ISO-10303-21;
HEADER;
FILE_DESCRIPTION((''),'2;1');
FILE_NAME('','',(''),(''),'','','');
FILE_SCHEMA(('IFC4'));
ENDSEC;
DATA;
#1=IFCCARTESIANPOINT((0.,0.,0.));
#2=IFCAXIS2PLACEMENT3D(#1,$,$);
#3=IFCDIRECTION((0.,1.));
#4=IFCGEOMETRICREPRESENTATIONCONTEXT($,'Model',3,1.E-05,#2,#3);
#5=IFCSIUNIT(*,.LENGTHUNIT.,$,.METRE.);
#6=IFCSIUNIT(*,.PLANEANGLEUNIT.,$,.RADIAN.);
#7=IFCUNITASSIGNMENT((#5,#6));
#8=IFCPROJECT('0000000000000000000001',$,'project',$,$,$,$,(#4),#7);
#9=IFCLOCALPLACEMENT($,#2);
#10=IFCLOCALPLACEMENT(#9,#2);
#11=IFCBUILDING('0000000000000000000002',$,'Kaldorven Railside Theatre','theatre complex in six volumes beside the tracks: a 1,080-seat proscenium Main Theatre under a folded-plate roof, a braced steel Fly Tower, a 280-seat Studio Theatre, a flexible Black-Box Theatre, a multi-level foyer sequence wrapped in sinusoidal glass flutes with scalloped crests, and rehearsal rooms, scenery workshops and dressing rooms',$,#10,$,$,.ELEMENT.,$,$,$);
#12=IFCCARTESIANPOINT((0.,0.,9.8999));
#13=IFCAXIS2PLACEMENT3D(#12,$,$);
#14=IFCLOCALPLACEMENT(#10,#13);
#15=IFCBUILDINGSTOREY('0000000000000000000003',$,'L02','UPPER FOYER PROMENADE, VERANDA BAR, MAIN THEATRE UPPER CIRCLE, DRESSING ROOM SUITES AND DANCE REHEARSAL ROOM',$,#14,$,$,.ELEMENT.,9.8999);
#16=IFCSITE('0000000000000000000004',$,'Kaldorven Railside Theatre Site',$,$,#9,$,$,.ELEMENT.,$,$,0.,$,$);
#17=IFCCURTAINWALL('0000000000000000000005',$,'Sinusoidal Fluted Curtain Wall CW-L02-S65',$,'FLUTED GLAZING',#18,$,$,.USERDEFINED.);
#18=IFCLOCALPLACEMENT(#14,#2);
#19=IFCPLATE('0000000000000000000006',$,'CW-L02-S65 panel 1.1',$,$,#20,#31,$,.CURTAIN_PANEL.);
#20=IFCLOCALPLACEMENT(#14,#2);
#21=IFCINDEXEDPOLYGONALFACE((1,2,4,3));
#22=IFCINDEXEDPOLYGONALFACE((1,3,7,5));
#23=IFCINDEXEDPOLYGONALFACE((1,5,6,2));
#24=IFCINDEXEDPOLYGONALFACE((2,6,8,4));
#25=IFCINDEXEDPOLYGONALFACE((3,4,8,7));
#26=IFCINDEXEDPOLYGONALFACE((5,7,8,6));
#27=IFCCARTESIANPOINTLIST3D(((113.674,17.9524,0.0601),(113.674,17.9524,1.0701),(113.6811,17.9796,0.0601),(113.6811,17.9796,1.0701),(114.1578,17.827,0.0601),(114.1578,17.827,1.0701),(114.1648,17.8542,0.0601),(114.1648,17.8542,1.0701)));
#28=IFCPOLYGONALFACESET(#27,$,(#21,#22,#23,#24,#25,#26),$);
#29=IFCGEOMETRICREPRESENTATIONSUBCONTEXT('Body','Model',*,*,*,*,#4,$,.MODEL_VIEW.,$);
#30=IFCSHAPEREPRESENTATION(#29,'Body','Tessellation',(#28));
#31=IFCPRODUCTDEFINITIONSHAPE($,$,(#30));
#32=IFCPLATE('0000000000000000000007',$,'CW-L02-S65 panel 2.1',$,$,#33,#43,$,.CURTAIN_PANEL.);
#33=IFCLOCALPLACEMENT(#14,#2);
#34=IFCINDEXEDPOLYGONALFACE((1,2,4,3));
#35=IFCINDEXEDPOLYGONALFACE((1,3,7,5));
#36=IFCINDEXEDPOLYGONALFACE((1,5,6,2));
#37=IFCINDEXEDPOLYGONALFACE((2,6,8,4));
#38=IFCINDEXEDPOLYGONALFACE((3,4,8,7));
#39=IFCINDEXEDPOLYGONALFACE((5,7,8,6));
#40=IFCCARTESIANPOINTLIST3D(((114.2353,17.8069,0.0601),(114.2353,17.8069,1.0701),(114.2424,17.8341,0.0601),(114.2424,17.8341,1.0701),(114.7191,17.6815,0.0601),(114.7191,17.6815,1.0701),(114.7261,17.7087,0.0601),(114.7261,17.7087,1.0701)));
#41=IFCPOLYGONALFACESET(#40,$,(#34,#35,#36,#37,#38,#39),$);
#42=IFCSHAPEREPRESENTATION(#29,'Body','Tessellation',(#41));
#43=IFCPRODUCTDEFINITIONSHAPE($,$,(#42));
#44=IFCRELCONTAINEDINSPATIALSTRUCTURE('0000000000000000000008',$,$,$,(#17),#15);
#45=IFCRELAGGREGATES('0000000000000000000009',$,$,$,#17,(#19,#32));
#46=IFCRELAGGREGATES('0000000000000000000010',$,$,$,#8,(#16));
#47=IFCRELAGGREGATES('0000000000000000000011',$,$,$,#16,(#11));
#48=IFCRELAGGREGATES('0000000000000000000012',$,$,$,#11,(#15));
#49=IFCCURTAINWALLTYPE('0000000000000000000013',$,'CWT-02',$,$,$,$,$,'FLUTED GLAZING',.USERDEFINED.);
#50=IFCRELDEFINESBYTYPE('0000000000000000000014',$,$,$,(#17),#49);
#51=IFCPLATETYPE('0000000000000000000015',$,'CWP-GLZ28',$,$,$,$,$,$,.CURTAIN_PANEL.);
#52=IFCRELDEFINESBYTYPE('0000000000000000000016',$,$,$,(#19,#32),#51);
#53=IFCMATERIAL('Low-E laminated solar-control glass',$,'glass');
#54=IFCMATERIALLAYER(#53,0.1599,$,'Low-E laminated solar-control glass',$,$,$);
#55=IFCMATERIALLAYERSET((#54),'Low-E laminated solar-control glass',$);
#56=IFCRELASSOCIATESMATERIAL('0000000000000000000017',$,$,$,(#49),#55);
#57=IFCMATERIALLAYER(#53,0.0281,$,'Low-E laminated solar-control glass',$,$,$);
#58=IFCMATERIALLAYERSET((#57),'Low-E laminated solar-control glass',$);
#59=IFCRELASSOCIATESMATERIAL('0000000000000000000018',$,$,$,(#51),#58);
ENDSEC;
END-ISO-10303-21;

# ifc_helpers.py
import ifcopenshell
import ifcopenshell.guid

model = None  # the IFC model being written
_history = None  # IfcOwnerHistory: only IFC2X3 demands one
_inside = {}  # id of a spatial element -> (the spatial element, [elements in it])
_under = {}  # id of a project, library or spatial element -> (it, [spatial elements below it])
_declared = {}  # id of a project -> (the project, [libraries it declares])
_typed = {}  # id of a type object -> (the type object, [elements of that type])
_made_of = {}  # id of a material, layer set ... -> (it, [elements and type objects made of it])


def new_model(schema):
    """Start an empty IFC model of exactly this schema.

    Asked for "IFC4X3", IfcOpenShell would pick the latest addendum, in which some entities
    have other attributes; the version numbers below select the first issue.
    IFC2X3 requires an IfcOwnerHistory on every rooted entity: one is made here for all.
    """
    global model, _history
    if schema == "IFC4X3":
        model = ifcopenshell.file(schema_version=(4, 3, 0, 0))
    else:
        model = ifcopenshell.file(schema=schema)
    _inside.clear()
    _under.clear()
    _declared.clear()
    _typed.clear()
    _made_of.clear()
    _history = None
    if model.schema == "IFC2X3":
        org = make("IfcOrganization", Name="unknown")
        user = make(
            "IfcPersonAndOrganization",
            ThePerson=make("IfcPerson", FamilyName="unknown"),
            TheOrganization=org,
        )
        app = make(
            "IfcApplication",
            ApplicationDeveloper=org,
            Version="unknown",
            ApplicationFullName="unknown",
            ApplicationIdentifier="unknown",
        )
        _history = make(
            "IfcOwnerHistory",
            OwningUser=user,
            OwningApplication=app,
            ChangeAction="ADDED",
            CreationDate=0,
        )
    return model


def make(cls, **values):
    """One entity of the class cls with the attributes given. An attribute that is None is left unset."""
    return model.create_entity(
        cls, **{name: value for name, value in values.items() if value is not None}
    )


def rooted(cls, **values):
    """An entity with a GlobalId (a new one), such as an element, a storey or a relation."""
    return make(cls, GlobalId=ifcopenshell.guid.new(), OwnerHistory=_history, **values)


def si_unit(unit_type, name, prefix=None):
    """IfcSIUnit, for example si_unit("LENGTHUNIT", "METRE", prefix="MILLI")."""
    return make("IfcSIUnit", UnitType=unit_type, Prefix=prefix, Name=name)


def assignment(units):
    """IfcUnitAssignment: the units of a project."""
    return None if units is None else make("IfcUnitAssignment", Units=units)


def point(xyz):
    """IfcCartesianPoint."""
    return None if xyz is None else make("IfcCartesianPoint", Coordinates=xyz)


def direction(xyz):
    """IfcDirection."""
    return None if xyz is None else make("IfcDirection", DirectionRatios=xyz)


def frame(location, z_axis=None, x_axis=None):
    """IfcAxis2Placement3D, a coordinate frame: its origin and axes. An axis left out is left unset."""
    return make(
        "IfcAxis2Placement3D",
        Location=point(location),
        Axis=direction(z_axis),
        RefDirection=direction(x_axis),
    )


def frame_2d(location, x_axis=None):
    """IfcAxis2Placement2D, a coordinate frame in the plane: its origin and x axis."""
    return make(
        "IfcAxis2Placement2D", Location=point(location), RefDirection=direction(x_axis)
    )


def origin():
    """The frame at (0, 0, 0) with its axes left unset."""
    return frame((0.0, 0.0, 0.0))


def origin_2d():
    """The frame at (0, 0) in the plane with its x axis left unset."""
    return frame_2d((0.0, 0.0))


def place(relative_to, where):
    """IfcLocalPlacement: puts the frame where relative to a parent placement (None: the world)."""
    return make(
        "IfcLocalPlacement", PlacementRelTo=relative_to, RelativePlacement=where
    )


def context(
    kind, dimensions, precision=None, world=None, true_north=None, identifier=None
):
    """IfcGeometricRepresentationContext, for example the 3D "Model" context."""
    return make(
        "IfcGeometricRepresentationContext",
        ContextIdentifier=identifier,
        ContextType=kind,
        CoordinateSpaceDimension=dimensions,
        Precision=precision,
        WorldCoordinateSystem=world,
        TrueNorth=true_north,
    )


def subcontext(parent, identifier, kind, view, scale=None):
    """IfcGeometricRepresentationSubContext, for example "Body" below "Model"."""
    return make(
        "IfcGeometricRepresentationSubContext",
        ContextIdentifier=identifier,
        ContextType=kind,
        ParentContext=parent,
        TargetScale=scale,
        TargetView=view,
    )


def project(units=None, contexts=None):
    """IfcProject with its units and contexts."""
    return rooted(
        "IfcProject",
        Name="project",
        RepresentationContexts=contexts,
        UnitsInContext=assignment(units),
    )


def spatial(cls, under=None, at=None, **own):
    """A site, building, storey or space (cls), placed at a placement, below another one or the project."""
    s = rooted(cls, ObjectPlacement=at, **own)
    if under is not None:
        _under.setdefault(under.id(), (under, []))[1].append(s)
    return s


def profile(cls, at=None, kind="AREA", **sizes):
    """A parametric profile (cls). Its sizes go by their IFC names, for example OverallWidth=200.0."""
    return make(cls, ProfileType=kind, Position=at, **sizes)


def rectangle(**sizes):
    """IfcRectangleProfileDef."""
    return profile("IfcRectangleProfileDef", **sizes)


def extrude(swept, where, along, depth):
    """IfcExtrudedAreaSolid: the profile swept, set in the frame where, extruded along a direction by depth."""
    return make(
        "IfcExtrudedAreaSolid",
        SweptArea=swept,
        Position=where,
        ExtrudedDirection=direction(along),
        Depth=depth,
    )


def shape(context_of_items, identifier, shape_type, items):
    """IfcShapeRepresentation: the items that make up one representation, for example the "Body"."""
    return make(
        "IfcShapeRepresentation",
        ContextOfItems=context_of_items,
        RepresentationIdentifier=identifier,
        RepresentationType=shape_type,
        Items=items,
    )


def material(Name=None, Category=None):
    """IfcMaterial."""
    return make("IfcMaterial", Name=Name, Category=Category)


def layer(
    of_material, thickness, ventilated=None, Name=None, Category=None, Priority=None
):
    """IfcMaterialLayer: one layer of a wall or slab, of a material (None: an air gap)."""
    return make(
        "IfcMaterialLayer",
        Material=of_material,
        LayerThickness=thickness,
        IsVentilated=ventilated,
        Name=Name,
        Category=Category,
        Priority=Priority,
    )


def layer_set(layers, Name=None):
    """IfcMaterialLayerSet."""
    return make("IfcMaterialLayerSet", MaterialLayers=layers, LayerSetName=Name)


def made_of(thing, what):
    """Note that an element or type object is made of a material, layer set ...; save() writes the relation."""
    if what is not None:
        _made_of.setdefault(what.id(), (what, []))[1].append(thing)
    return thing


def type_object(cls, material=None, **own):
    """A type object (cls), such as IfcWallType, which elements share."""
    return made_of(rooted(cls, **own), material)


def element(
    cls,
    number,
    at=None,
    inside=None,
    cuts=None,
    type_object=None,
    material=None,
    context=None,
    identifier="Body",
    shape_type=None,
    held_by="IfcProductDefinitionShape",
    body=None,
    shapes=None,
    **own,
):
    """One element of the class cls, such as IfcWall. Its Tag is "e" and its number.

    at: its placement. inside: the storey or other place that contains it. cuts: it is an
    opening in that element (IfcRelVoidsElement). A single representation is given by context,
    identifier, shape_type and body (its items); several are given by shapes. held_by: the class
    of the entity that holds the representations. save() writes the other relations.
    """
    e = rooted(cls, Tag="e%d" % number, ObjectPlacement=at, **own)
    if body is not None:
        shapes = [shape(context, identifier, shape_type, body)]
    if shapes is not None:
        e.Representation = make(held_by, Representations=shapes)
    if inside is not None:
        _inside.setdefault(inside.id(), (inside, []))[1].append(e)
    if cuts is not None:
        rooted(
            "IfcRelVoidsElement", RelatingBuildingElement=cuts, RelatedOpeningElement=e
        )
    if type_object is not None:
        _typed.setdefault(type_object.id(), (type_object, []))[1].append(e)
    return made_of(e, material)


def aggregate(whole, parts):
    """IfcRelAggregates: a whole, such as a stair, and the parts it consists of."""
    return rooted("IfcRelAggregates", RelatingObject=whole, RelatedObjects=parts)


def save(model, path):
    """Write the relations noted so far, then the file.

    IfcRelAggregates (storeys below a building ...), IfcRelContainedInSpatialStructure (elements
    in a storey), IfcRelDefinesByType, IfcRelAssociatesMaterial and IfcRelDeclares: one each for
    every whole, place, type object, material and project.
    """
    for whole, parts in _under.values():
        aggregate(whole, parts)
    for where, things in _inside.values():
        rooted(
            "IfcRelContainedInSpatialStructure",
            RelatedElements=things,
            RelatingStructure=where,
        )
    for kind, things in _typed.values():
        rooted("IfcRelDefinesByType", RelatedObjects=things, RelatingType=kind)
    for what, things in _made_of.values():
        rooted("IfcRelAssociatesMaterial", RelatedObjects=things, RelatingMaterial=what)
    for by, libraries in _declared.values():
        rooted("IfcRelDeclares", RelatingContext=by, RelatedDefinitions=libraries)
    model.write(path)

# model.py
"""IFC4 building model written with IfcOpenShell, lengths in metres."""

from ifc_helpers import new_model, si_unit, direction, frame, origin, origin_2d, place, context, subcontext, project, spatial, rectangle, extrude, material, layer, layer_set, type_object, element, aggregate, save


model = new_model("IFC4")

# Units and contexts
model_context = context("Model", 3, precision=1e-05, world=origin(), true_north=direction((0.0, 1.0)))
body_context = subcontext(model_context, "Body", "Model", "MODEL_VIEW")
ifc_project = project(units=[si_unit("LENGTHUNIT", "METRE"), si_unit("PLANEANGLEUNIT", "RADIAN")], contexts=[model_context])

# Site, building, storey
site_placement = place(None, origin())
site = spatial("IfcSite", under=ifc_project, at=site_placement, Name="Kaldorven Railside Theatre Site", CompositionType="ELEMENT", RefElevation=0.0)
building_placement = place(site_placement, origin())
building = spatial("IfcBuilding", under=site, at=building_placement, Name="Kaldorven Railside Theatre", Description="theatre complex in six volumes beside the tracks: a 1,080-seat proscenium Main Theatre under a folded-plate roof, a braced steel Fly Tower, a 280-seat Studio Theatre, a flexible Black-Box Theatre, a multi-level foyer sequence wrapped in sinusoidal glass flutes with scalloped crests, and rehearsal rooms, scenery workshops and dressing rooms", CompositionType="ELEMENT")
storey_placement = place(building_placement, frame((0.0, 0.0, 9.8999)))
storey = spatial("IfcBuildingStorey", under=building, at=storey_placement, Name="L02", Description="UPPER FOYER PROMENADE, VERANDA BAR, MAIN THEATRE UPPER CIRCLE, DRESSING ROOM SUITES AND DANCE REHEARSAL ROOM", CompositionType="ELEMENT", Elevation=9.8999)

# Curtain wall
ifc_material_1 = material(Name="Low-E laminated solar-control glass", Category="glass")
ifc_layer_1 = layer(ifc_material_1, 0.1599, Name="Low-E laminated solar-control glass")
ifc_layer_set_1 = layer_set([ifc_layer_1], Name="Low-E laminated solar-control glass")
curtain_wall_type_1 = type_object("IfcCurtainWallType", Name="CWT-02", ElementType="FLUTED GLAZING", PredefinedType="USERDEFINED", material=ifc_layer_set_1)
curtain_wall_1_placement = place(storey_placement, origin())
curtain_wall_1 = element("IfcCurtainWall", 1, at=curtain_wall_1_placement, inside=storey, type_object=curtain_wall_type_1, Name="Sinusoidal Fluted Curtain Wall CW-L02-S65", ObjectType="FLUTED GLAZING", PredefinedType="USERDEFINED")

# Plates
ifc_layer_2 = layer(ifc_material_1, 0.0281, Name="Low-E laminated solar-control glass")
ifc_layer_set_2 = layer_set([ifc_layer_2], Name="Low-E laminated solar-control glass")
plate_type = type_object("IfcPlateType", Name="CWP-GLZ28", PredefinedType="CURTAIN_PANEL", material=ifc_layer_set_2)
plate_1_placement = place(storey_placement, frame((113.9194, 17.9033, 0.0601), z_axis=(0.0, 0.0, 1.0), x_axis=(0.967999, -0.250954, 0.0)))
plate_1 = element("IfcPlate", 2, at=plate_1_placement, type_object=plate_type, Name="CW-L02-S65 panel 1.1", PredefinedType="CURTAIN_PANEL", context=body_context, shape_type="SweptSolid", body=[
    extrude(rectangle(XDim=0.4998, YDim=0.0281, at=origin_2d()), origin(), (0.0, 0.0, 1.0), 1.01),
])
plate_2_placement = place(storey_placement, frame((114.4807, 17.7578, 0.0601), z_axis=(0.0, 0.0, 1.0), x_axis=(0.967999, -0.250954, 0.0)))
plate_2 = element("IfcPlate", 3, at=plate_2_placement, type_object=plate_type, Name="CW-L02-S65 panel 2.1", PredefinedType="CURTAIN_PANEL", context=body_context, shape_type="SweptSolid", body=[
    extrude(rectangle(XDim=0.4998, YDim=0.0281, at=origin_2d()), origin(), (0.0, 0.0, 1.0), 1.01),
])
aggregate(curtain_wall_1, [plate_1, plate_2])

save(model, "model.ifc")
